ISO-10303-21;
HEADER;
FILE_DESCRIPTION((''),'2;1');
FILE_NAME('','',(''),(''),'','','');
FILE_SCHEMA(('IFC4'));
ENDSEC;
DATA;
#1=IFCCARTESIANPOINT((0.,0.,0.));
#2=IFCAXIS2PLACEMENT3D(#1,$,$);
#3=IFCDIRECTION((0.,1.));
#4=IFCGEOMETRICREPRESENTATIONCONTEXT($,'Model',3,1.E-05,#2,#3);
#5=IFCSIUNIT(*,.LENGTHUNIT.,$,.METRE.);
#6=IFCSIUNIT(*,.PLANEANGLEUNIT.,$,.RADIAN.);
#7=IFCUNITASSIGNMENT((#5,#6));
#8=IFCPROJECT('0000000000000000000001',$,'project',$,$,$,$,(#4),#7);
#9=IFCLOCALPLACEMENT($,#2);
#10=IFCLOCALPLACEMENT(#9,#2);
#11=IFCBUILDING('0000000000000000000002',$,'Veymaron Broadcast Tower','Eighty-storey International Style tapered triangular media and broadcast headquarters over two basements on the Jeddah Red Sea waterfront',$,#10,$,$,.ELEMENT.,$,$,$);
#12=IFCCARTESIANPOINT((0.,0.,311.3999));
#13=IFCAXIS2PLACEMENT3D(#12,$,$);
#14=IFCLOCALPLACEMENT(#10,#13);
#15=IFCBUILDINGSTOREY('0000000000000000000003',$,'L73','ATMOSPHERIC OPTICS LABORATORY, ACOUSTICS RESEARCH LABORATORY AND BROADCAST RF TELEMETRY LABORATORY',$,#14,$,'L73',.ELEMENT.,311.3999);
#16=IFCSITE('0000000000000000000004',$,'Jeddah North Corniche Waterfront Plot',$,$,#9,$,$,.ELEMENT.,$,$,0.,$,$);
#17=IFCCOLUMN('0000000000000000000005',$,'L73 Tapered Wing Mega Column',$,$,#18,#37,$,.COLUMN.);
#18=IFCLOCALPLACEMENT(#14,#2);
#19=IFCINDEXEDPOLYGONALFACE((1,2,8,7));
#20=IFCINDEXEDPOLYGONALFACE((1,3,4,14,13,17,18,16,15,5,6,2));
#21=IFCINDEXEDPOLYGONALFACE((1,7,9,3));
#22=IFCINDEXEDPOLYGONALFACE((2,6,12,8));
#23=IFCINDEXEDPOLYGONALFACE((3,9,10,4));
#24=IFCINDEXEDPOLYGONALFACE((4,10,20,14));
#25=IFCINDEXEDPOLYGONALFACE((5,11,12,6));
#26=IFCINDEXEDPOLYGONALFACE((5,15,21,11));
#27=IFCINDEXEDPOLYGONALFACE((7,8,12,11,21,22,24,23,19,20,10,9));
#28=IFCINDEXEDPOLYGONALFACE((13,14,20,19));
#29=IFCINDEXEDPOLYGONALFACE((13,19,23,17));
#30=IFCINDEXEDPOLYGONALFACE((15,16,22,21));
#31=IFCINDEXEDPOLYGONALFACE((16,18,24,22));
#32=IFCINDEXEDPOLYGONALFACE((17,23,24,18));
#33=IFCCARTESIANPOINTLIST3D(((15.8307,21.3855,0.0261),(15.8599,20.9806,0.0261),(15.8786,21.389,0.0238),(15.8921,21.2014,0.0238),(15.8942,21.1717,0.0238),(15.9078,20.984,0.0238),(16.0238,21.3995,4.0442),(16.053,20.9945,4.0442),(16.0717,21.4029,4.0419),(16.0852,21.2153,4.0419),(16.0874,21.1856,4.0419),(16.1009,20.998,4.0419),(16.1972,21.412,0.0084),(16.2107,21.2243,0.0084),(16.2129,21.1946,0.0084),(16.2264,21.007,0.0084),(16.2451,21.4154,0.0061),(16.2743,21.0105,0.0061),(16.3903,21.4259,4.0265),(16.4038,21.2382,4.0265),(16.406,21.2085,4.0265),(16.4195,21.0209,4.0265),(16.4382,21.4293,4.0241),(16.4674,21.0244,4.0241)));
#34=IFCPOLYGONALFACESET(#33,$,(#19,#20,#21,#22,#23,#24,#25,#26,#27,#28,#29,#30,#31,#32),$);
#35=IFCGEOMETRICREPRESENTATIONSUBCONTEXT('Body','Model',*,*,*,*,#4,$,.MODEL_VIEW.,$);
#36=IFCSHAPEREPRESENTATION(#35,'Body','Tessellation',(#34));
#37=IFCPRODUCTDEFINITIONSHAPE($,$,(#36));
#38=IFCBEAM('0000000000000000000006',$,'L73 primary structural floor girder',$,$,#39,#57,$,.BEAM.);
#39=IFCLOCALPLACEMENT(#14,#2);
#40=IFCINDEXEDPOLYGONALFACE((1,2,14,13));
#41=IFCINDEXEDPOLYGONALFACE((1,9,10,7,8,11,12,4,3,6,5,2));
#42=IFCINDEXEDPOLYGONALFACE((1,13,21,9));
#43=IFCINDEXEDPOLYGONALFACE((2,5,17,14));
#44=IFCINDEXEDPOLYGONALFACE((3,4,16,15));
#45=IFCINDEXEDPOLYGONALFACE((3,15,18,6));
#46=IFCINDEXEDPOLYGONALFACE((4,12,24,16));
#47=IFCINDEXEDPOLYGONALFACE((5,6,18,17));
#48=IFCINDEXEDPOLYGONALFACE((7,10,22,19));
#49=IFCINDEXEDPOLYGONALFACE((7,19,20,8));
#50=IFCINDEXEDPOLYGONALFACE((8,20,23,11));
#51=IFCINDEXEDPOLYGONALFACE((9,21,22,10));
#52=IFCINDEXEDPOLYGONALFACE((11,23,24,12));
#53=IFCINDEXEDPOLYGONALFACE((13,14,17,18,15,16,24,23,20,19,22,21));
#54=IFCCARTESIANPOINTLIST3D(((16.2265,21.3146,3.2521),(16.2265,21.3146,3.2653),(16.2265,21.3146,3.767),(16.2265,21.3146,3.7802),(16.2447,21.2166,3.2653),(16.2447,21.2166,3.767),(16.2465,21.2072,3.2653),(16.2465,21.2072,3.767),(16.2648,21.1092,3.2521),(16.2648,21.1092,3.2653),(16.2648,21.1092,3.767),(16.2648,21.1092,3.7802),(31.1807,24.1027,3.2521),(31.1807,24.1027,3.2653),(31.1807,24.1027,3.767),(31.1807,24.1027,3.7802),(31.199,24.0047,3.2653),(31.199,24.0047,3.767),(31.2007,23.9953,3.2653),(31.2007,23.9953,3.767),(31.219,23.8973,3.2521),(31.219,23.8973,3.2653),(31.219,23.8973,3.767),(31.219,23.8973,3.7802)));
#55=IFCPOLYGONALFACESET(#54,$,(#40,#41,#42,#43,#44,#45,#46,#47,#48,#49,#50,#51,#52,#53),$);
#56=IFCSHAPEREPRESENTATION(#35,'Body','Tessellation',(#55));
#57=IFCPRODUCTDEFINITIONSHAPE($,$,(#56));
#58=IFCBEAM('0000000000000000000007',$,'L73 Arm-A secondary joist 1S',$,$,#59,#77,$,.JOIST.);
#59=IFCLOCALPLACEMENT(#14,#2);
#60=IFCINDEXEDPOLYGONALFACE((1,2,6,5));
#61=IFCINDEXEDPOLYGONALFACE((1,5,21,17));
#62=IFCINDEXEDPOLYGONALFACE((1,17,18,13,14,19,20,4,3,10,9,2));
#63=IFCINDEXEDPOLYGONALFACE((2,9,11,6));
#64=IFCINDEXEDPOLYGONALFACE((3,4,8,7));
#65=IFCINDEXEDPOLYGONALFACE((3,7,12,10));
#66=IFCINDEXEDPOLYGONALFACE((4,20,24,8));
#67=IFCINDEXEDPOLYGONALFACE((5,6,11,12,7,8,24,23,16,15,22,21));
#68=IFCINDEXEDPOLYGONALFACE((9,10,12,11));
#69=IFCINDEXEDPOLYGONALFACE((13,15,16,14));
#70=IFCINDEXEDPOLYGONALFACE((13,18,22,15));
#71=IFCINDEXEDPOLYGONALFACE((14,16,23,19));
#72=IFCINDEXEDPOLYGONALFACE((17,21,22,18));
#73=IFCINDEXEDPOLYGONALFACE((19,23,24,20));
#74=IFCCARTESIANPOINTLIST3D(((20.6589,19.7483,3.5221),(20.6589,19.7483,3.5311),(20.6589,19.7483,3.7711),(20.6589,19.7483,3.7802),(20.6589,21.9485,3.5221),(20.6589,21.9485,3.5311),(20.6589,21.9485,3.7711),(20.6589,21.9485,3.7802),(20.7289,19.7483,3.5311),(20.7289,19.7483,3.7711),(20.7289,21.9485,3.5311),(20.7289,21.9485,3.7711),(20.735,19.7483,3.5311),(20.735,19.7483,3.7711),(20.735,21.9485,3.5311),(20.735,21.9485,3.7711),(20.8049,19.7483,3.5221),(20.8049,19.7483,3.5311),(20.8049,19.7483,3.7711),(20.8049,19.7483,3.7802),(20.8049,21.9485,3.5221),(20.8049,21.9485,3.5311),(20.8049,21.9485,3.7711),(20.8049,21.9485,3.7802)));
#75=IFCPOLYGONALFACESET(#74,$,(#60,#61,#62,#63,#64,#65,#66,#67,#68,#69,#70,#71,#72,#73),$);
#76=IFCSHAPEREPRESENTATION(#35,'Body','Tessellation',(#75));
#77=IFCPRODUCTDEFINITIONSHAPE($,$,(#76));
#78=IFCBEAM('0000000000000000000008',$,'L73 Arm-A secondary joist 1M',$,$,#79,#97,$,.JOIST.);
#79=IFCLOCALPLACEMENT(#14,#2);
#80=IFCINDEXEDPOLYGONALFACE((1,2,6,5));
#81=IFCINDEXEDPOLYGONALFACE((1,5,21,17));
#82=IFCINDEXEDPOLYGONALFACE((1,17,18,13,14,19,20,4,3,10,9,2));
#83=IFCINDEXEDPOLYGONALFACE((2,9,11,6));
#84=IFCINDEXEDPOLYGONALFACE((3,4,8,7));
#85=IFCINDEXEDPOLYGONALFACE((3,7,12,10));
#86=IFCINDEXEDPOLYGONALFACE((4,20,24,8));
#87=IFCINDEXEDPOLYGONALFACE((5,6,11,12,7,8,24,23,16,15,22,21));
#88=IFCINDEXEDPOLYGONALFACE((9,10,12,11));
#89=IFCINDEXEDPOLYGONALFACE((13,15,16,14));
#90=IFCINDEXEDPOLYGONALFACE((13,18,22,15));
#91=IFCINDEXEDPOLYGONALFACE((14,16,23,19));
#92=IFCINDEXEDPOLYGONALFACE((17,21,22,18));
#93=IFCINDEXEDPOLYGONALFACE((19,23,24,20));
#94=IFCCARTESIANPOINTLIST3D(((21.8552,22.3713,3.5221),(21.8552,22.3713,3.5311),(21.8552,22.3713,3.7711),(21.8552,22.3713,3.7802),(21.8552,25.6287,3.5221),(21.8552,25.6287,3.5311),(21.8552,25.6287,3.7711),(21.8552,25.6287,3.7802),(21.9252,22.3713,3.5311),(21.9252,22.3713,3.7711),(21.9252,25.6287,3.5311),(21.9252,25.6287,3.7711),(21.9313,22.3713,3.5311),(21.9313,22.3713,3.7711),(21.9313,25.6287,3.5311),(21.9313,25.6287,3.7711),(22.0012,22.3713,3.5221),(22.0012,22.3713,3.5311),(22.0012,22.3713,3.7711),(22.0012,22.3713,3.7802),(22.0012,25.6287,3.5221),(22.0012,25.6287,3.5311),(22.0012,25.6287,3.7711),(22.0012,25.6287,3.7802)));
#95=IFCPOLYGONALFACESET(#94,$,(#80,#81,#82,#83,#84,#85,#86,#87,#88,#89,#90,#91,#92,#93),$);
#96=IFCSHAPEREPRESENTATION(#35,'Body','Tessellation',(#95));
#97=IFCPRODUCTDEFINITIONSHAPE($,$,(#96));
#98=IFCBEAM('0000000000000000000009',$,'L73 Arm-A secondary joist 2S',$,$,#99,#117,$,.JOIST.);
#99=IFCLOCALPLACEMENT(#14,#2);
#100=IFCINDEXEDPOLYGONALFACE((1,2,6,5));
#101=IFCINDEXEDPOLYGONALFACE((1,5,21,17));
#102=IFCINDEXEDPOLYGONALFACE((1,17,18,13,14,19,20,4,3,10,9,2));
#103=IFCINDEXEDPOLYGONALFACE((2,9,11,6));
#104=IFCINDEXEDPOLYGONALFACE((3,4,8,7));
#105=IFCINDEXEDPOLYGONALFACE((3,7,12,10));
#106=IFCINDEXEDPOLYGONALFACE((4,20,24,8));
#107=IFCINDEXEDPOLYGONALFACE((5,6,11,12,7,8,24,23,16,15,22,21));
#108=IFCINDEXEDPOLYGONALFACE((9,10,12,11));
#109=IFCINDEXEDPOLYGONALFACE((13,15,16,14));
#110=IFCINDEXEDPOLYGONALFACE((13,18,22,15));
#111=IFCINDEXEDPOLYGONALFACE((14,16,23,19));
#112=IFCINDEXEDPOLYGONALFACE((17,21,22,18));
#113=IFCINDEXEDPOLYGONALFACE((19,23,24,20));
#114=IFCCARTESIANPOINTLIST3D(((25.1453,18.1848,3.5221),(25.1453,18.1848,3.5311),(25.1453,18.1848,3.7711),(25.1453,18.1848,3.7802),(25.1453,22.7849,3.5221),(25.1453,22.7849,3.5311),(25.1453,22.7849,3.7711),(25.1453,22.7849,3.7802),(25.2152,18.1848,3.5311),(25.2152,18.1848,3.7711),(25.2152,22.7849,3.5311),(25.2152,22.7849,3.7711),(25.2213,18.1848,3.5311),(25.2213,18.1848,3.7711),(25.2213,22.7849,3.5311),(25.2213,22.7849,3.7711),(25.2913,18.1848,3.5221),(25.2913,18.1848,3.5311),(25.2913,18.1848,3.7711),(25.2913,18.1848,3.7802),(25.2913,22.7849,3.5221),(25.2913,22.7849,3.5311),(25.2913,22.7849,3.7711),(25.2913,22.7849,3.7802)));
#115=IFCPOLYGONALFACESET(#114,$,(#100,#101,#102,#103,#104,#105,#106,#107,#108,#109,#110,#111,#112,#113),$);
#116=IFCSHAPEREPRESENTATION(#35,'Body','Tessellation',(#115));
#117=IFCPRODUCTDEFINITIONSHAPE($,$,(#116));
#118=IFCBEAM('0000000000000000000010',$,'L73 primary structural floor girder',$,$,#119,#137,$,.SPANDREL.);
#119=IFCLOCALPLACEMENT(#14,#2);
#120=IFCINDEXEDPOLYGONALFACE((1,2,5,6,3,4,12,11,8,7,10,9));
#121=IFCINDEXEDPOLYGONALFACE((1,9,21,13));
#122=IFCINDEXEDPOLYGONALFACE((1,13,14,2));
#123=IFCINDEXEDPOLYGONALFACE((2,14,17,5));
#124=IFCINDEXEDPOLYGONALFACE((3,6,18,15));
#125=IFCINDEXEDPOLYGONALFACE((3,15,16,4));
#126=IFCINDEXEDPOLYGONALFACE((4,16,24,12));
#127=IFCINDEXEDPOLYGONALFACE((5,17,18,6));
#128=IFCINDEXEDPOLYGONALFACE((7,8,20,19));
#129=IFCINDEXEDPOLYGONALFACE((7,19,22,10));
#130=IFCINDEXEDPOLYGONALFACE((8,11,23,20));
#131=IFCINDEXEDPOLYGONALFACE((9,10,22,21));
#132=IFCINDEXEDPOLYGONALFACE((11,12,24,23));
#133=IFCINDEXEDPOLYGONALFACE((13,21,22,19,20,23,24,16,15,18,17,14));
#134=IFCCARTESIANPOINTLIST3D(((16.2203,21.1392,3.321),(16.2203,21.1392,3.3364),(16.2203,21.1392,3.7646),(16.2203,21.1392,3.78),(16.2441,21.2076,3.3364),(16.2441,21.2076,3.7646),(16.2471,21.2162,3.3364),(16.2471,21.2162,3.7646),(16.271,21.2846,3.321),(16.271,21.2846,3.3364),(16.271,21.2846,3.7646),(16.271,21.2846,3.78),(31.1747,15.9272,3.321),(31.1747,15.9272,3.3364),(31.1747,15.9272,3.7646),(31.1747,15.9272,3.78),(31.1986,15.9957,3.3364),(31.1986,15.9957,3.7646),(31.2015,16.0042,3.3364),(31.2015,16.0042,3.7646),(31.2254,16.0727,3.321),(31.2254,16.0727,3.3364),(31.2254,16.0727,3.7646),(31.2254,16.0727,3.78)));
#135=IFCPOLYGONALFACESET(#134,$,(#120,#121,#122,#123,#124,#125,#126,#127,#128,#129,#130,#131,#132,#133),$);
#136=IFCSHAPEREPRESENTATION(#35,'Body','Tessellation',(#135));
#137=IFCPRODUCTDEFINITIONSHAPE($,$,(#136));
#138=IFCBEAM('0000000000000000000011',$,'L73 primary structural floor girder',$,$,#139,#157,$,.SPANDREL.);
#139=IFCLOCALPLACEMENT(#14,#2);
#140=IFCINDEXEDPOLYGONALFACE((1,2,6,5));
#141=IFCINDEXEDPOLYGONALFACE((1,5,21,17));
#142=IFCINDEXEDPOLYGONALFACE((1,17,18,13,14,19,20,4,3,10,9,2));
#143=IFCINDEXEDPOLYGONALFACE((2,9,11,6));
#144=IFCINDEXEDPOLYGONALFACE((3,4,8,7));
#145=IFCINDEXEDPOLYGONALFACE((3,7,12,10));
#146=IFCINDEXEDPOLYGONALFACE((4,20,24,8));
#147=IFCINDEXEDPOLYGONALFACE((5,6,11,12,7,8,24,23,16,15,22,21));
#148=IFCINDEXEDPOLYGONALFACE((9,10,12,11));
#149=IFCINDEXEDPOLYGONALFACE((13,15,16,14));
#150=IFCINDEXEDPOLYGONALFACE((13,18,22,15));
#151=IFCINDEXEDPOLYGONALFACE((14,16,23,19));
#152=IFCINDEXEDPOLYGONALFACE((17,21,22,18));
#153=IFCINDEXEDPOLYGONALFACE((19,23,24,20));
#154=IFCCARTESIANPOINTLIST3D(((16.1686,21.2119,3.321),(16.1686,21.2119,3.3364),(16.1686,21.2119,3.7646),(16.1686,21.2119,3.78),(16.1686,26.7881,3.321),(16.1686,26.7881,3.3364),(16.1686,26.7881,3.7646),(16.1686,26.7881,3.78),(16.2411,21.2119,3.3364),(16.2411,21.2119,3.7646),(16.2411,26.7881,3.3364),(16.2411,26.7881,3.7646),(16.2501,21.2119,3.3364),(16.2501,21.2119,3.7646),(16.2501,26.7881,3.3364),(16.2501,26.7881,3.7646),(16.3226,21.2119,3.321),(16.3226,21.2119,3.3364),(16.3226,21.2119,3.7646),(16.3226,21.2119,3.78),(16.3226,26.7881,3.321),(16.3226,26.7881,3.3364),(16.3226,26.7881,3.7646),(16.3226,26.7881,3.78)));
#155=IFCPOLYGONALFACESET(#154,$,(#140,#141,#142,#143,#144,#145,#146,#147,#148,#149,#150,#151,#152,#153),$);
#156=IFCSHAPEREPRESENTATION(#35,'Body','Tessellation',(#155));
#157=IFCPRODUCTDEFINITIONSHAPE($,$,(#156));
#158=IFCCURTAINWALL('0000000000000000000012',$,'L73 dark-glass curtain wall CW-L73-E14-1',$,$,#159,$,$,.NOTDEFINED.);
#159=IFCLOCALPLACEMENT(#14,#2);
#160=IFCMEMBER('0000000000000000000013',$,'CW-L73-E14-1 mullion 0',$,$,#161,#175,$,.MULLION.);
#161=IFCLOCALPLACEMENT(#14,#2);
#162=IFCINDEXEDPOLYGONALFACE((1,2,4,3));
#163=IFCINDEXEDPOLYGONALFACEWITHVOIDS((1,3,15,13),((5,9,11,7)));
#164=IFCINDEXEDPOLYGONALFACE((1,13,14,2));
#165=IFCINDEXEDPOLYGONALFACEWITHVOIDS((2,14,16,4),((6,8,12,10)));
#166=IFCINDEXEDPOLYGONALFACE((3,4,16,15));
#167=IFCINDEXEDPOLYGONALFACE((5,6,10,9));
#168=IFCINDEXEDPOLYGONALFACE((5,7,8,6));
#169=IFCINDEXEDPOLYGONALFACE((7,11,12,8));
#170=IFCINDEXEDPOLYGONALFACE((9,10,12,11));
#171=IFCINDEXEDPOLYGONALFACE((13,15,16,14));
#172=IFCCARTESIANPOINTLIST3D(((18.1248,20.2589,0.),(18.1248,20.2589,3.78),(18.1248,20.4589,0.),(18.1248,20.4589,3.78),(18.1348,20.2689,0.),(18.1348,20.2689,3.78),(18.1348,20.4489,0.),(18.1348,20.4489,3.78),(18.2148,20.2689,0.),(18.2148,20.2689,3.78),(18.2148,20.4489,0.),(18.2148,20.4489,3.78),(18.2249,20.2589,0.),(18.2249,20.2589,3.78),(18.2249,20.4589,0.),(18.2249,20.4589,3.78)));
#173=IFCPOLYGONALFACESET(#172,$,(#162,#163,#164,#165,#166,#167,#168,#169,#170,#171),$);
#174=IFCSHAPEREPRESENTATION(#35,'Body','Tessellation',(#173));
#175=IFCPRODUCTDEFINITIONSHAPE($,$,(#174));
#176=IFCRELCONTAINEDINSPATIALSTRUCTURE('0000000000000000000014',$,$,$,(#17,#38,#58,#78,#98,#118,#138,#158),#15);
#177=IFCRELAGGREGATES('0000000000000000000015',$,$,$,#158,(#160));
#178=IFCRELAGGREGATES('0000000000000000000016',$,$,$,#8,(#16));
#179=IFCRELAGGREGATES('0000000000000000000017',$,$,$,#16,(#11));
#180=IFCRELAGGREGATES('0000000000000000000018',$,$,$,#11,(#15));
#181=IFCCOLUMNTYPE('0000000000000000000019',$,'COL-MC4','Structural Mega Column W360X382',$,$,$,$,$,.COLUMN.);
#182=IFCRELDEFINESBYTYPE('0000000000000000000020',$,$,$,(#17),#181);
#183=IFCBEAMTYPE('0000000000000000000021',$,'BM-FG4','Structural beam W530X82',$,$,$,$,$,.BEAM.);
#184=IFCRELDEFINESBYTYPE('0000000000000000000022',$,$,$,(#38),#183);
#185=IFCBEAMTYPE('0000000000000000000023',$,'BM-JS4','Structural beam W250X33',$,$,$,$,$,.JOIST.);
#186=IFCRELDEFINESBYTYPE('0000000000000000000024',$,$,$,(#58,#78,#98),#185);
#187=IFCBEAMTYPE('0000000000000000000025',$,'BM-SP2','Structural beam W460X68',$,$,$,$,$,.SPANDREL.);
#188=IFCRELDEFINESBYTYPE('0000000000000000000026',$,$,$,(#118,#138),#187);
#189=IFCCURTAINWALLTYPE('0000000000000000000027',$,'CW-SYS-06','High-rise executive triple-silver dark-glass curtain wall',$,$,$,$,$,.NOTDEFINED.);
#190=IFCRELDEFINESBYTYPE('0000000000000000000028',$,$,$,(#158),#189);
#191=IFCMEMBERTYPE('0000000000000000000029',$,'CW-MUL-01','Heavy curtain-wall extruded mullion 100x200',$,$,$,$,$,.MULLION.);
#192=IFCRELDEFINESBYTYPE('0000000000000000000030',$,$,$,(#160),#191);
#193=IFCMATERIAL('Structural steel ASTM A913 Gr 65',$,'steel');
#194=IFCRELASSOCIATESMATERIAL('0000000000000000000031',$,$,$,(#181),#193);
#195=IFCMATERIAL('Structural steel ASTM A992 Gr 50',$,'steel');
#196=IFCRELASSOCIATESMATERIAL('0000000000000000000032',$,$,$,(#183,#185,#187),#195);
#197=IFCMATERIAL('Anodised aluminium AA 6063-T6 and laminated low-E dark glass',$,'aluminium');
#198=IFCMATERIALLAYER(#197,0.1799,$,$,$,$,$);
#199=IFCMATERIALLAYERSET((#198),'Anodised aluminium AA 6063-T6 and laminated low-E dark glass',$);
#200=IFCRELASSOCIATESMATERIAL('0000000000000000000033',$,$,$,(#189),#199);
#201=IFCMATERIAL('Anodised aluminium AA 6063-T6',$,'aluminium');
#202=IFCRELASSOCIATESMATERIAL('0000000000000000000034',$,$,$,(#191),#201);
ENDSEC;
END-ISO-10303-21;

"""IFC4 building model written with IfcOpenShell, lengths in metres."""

from ifc_helpers import new_model, si_unit, direction, frame, origin, origin_2d, place, context, subcontext, project, spatial, hollow_rectangle, i_section, extrude, material, layer, layer_set, material_profile, profile_set, type_object, element, aggregate, save


model = new_model("IFC4")

# Units and contexts
model_context = context("Model", 3, precision=1e-05, world=origin(), true_north=direction((0.0, 1.0)))
body_context = subcontext(model_context, "Body", "Model", "MODEL_VIEW")
ifc_project = project(units=[si_unit("LENGTHUNIT", "METRE"), si_unit("PLANEANGLEUNIT", "RADIAN")], contexts=[model_context])

# Site, building, storey
site_placement = place(None, origin())
site = spatial("IfcSite", under=ifc_project, at=site_placement, Name="Jeddah North Corniche Waterfront Plot", CompositionType="ELEMENT", RefElevation=0.0)
building_placement = place(site_placement, origin())
building = spatial("IfcBuilding", under=site, at=building_placement, Name="Veymaron Broadcast Tower", Description="Eighty-storey International Style tapered triangular media and broadcast headquarters over two basements on the Jeddah Red Sea waterfront", CompositionType="ELEMENT")
storey_placement = place(building_placement, frame((0.0, 0.0, 311.3999)))
storey = spatial("IfcBuildingStorey", under=building, at=storey_placement, Name="L73", Description="ATMOSPHERIC OPTICS LABORATORY, ACOUSTICS RESEARCH LABORATORY AND BROADCAST RF TELEMETRY LABORATORY", LongName="L73", CompositionType="ELEMENT", Elevation=311.3999)

# Column
ifc_material_1 = material(Name="Structural steel ASTM A913 Gr 65", Category="steel")
ifc_material_profile_1 = material_profile(ifc_material_1, i_section(OverallWidth=0.406, OverallDepth=0.416, WebThickness=0.0298, FlangeThickness=0.0481, at=origin_2d()), Name="W360X382")
ifc_profile_set_1 = profile_set([ifc_material_profile_1], Name="Structural steel ASTM A913 Gr 65")
column_type = type_object("IfcColumnType", Name="COL-MC4", Description="Structural Mega Column W360X382", PredefinedType="COLUMN", material=ifc_profile_set_1)
column_placement = place(storey_placement, frame((16.0525, 21.198, 0.0161), z_axis=(0.048006, 0.003459, 0.998841), x_axis=(-0.071874, 0.997414, 0.0)))
element("IfcColumn", 1, at=column_placement, inside=storey, type_object=column_type, Name="L73 Tapered Wing Mega Column", PredefinedType="COLUMN", context=body_context, shape_type="SweptSolid", body=[
    extrude(i_section(OverallWidth=0.406, OverallDepth=0.416, WebThickness=0.0298, FlangeThickness=0.0481, at=origin_2d()), origin(), (0.0, 0.0, 1.0), 4.0227),
])

# Beams
ifc_material_2 = material(Name="Structural steel ASTM A992 Gr 50", Category="steel")
ifc_material_profile_2 = material_profile(ifc_material_2, i_section(OverallWidth=0.209, OverallDepth=0.5281, WebThickness=0.0095, FlangeThickness=0.0132, at=origin_2d()), Name="W530X82")
ifc_profile_set_2 = profile_set([ifc_material_profile_2], Name="Structural steel ASTM A992 Gr 50")
beam_type_1 = type_object("IfcBeamType", Name="BM-FG4", Description="Structural beam W530X82", PredefinedType="BEAM", material=ifc_profile_set_2)
beam_1_placement = place(storey_placement, frame((16.2456, 21.2119, 3.5161), z_axis=(0.98306, 0.183282, 0.0), x_axis=(-0.183282, 0.98306, 0.0)))
element("IfcBeam", 2, at=beam_1_placement, inside=storey, type_object=beam_type_1, Name="L73 primary structural floor girder", PredefinedType="BEAM", context=body_context, shape_type="SweptSolid", body=[
    extrude(i_section(OverallWidth=0.209, OverallDepth=0.5281, WebThickness=0.0095, FlangeThickness=0.0132, at=origin_2d()), origin(), (0.0, 0.0, 1.0), 15.2119),
])
ifc_material_profile_3 = material_profile(ifc_material_2, i_section(OverallWidth=0.146, OverallDepth=0.2581, WebThickness=0.0061, FlangeThickness=0.009, at=origin_2d()), Name="W250X33")
ifc_profile_set_3 = profile_set([ifc_material_profile_3], Name="Structural steel ASTM A992 Gr 50")
beam_type_2 = type_object("IfcBeamType", Name="BM-JS4", Description="Structural beam W250X33", PredefinedType="JOIST", material=ifc_profile_set_3)
beam_2_placement = place(storey_placement, frame((20.7319, 19.7483, 3.6511), z_axis=(0.0, 1.0, 0.0), x_axis=(-1.0, 0.0, 0.0)))
element("IfcBeam", 3, at=beam_2_placement, inside=storey, type_object=beam_type_2, Name="L73 Arm-A secondary joist 1S", PredefinedType="JOIST", context=body_context, shape_type="SweptSolid", body=[
    extrude(i_section(OverallWidth=0.146, OverallDepth=0.2581, WebThickness=0.0061, FlangeThickness=0.009, at=origin_2d()), origin(), (0.0, 0.0, 1.0), 2.2002),
])
beam_3_placement = place(storey_placement, frame((21.9282, 22.3713, 3.6511), z_axis=(0.0, 1.0, 0.0), x_axis=(-1.0, 0.0, 0.0)))
element("IfcBeam", 4, at=beam_3_placement, inside=storey, type_object=beam_type_2, Name="L73 Arm-A secondary joist 1M", PredefinedType="JOIST", context=body_context, shape_type="SweptSolid", body=[
    extrude(i_section(OverallWidth=0.146, OverallDepth=0.2581, WebThickness=0.0061, FlangeThickness=0.009, at=origin_2d()), origin(), (0.0, 0.0, 1.0), 3.2573),
])
beam_4_placement = place(storey_placement, frame((25.2183, 18.1848, 3.6511), z_axis=(0.0, 1.0, 0.0), x_axis=(-1.0, 0.0, 0.0)))
element("IfcBeam", 5, at=beam_4_placement, inside=storey, type_object=beam_type_2, Name="L73 Arm-A secondary joist 2S", PredefinedType="JOIST", context=body_context, shape_type="SweptSolid", body=[
    extrude(i_section(OverallWidth=0.146, OverallDepth=0.2581, WebThickness=0.0061, FlangeThickness=0.009, at=origin_2d()), origin(), (0.0, 0.0, 1.0), 4.6001),
])
ifc_material_profile_4 = material_profile(ifc_material_2, i_section(OverallWidth=0.1541, OverallDepth=0.459, WebThickness=0.009, FlangeThickness=0.0154, at=origin_2d()), Name="W460X68")
ifc_profile_set_4 = profile_set([ifc_material_profile_4], Name="Structural steel ASTM A992 Gr 50")
beam_type_3 = type_object("IfcBeamType", Name="BM-SP2", Description="Structural beam W460X68", PredefinedType="SPANDREL", material=ifc_profile_set_4)
beam_5_placement = place(storey_placement, frame((16.2456, 21.2119, 3.5505), z_axis=(0.944293, -0.329107, 0.0), x_axis=(0.329107, 0.944293, 0.0)))
element("IfcBeam", 6, at=beam_5_placement, inside=storey, type_object=beam_type_3, Name="L73 primary structural floor girder", PredefinedType="SPANDREL", context=body_context, shape_type="SweptSolid", body=[
    extrude(i_section(OverallWidth=0.1541, OverallDepth=0.459, WebThickness=0.009, FlangeThickness=0.0154, at=origin_2d()), origin(), (0.0, 0.0, 1.0), 15.8367),
])
beam_6_placement = place(storey_placement, frame((16.2456, 21.2119, 3.5505), z_axis=(0.0, 1.0, 0.0), x_axis=(-1.0, 0.0, 0.0)))
element("IfcBeam", 7, at=beam_6_placement, inside=storey, type_object=beam_type_3, Name="L73 primary structural floor girder", PredefinedType="SPANDREL", context=body_context, shape_type="SweptSolid", body=[
    extrude(i_section(OverallWidth=0.1541, OverallDepth=0.459, WebThickness=0.009, FlangeThickness=0.0154, at=origin_2d()), origin(), (0.0, 0.0, 1.0), 5.5762),
])

# Curtain wall, member
ifc_material_3 = material(Name="Anodised aluminium AA 6063-T6 and laminated low-E dark glass", Category="aluminium")
ifc_layer_1 = layer(ifc_material_3, 0.1799)
ifc_layer_set_1 = layer_set([ifc_layer_1], Name="Anodised aluminium AA 6063-T6 and laminated low-E dark glass")
curtain_wall_type = type_object("IfcCurtainWallType", Name="CW-SYS-06", Description="High-rise executive triple-silver dark-glass curtain wall", PredefinedType="NOTDEFINED", material=ifc_layer_set_1)
curtain_wall_1_placement = place(storey_placement, origin())
curtain_wall_1 = element("IfcCurtainWall", 8, at=curtain_wall_1_placement, inside=storey, type_object=curtain_wall_type, Name="L73 dark-glass curtain wall CW-L73-E14-1", PredefinedType="NOTDEFINED")
ifc_material_4 = material(Name="Anodised aluminium AA 6063-T6", Category="aluminium")
ifc_material_profile_5 = material_profile(ifc_material_4, hollow_rectangle(XDim=0.1001, YDim=0.2, WallThickness=0.01, at=origin_2d()), Name="RHS200X100X10")
ifc_profile_set_5 = profile_set([ifc_material_profile_5], Name="Anodised aluminium AA 6063-T6")
member_type_1 = type_object("IfcMemberType", Name="CW-MUL-01", Description="Heavy curtain-wall extruded mullion 100x200", PredefinedType="MULLION", material=ifc_profile_set_5)
member_1_placement = place(storey_placement, frame((18.1748, 20.3589, 0.0), z_axis=(0.0, 0.0, 1.0), x_axis=(1.0, 0.0, 0.0)))
member_1 = element("IfcMember", 9, at=member_1_placement, type_object=member_type_1, Name="CW-L73-E14-1 mullion 0", PredefinedType="MULLION", context=body_context, shape_type="SweptSolid", body=[
    extrude(hollow_rectangle(XDim=0.1001, YDim=0.2, WallThickness=0.01, at=origin_2d()), origin(), (0.0, 0.0, 1.0), 3.78),
])

aggregate(curtain_wall_1, [member_1])

save(model, "model.ifc")
